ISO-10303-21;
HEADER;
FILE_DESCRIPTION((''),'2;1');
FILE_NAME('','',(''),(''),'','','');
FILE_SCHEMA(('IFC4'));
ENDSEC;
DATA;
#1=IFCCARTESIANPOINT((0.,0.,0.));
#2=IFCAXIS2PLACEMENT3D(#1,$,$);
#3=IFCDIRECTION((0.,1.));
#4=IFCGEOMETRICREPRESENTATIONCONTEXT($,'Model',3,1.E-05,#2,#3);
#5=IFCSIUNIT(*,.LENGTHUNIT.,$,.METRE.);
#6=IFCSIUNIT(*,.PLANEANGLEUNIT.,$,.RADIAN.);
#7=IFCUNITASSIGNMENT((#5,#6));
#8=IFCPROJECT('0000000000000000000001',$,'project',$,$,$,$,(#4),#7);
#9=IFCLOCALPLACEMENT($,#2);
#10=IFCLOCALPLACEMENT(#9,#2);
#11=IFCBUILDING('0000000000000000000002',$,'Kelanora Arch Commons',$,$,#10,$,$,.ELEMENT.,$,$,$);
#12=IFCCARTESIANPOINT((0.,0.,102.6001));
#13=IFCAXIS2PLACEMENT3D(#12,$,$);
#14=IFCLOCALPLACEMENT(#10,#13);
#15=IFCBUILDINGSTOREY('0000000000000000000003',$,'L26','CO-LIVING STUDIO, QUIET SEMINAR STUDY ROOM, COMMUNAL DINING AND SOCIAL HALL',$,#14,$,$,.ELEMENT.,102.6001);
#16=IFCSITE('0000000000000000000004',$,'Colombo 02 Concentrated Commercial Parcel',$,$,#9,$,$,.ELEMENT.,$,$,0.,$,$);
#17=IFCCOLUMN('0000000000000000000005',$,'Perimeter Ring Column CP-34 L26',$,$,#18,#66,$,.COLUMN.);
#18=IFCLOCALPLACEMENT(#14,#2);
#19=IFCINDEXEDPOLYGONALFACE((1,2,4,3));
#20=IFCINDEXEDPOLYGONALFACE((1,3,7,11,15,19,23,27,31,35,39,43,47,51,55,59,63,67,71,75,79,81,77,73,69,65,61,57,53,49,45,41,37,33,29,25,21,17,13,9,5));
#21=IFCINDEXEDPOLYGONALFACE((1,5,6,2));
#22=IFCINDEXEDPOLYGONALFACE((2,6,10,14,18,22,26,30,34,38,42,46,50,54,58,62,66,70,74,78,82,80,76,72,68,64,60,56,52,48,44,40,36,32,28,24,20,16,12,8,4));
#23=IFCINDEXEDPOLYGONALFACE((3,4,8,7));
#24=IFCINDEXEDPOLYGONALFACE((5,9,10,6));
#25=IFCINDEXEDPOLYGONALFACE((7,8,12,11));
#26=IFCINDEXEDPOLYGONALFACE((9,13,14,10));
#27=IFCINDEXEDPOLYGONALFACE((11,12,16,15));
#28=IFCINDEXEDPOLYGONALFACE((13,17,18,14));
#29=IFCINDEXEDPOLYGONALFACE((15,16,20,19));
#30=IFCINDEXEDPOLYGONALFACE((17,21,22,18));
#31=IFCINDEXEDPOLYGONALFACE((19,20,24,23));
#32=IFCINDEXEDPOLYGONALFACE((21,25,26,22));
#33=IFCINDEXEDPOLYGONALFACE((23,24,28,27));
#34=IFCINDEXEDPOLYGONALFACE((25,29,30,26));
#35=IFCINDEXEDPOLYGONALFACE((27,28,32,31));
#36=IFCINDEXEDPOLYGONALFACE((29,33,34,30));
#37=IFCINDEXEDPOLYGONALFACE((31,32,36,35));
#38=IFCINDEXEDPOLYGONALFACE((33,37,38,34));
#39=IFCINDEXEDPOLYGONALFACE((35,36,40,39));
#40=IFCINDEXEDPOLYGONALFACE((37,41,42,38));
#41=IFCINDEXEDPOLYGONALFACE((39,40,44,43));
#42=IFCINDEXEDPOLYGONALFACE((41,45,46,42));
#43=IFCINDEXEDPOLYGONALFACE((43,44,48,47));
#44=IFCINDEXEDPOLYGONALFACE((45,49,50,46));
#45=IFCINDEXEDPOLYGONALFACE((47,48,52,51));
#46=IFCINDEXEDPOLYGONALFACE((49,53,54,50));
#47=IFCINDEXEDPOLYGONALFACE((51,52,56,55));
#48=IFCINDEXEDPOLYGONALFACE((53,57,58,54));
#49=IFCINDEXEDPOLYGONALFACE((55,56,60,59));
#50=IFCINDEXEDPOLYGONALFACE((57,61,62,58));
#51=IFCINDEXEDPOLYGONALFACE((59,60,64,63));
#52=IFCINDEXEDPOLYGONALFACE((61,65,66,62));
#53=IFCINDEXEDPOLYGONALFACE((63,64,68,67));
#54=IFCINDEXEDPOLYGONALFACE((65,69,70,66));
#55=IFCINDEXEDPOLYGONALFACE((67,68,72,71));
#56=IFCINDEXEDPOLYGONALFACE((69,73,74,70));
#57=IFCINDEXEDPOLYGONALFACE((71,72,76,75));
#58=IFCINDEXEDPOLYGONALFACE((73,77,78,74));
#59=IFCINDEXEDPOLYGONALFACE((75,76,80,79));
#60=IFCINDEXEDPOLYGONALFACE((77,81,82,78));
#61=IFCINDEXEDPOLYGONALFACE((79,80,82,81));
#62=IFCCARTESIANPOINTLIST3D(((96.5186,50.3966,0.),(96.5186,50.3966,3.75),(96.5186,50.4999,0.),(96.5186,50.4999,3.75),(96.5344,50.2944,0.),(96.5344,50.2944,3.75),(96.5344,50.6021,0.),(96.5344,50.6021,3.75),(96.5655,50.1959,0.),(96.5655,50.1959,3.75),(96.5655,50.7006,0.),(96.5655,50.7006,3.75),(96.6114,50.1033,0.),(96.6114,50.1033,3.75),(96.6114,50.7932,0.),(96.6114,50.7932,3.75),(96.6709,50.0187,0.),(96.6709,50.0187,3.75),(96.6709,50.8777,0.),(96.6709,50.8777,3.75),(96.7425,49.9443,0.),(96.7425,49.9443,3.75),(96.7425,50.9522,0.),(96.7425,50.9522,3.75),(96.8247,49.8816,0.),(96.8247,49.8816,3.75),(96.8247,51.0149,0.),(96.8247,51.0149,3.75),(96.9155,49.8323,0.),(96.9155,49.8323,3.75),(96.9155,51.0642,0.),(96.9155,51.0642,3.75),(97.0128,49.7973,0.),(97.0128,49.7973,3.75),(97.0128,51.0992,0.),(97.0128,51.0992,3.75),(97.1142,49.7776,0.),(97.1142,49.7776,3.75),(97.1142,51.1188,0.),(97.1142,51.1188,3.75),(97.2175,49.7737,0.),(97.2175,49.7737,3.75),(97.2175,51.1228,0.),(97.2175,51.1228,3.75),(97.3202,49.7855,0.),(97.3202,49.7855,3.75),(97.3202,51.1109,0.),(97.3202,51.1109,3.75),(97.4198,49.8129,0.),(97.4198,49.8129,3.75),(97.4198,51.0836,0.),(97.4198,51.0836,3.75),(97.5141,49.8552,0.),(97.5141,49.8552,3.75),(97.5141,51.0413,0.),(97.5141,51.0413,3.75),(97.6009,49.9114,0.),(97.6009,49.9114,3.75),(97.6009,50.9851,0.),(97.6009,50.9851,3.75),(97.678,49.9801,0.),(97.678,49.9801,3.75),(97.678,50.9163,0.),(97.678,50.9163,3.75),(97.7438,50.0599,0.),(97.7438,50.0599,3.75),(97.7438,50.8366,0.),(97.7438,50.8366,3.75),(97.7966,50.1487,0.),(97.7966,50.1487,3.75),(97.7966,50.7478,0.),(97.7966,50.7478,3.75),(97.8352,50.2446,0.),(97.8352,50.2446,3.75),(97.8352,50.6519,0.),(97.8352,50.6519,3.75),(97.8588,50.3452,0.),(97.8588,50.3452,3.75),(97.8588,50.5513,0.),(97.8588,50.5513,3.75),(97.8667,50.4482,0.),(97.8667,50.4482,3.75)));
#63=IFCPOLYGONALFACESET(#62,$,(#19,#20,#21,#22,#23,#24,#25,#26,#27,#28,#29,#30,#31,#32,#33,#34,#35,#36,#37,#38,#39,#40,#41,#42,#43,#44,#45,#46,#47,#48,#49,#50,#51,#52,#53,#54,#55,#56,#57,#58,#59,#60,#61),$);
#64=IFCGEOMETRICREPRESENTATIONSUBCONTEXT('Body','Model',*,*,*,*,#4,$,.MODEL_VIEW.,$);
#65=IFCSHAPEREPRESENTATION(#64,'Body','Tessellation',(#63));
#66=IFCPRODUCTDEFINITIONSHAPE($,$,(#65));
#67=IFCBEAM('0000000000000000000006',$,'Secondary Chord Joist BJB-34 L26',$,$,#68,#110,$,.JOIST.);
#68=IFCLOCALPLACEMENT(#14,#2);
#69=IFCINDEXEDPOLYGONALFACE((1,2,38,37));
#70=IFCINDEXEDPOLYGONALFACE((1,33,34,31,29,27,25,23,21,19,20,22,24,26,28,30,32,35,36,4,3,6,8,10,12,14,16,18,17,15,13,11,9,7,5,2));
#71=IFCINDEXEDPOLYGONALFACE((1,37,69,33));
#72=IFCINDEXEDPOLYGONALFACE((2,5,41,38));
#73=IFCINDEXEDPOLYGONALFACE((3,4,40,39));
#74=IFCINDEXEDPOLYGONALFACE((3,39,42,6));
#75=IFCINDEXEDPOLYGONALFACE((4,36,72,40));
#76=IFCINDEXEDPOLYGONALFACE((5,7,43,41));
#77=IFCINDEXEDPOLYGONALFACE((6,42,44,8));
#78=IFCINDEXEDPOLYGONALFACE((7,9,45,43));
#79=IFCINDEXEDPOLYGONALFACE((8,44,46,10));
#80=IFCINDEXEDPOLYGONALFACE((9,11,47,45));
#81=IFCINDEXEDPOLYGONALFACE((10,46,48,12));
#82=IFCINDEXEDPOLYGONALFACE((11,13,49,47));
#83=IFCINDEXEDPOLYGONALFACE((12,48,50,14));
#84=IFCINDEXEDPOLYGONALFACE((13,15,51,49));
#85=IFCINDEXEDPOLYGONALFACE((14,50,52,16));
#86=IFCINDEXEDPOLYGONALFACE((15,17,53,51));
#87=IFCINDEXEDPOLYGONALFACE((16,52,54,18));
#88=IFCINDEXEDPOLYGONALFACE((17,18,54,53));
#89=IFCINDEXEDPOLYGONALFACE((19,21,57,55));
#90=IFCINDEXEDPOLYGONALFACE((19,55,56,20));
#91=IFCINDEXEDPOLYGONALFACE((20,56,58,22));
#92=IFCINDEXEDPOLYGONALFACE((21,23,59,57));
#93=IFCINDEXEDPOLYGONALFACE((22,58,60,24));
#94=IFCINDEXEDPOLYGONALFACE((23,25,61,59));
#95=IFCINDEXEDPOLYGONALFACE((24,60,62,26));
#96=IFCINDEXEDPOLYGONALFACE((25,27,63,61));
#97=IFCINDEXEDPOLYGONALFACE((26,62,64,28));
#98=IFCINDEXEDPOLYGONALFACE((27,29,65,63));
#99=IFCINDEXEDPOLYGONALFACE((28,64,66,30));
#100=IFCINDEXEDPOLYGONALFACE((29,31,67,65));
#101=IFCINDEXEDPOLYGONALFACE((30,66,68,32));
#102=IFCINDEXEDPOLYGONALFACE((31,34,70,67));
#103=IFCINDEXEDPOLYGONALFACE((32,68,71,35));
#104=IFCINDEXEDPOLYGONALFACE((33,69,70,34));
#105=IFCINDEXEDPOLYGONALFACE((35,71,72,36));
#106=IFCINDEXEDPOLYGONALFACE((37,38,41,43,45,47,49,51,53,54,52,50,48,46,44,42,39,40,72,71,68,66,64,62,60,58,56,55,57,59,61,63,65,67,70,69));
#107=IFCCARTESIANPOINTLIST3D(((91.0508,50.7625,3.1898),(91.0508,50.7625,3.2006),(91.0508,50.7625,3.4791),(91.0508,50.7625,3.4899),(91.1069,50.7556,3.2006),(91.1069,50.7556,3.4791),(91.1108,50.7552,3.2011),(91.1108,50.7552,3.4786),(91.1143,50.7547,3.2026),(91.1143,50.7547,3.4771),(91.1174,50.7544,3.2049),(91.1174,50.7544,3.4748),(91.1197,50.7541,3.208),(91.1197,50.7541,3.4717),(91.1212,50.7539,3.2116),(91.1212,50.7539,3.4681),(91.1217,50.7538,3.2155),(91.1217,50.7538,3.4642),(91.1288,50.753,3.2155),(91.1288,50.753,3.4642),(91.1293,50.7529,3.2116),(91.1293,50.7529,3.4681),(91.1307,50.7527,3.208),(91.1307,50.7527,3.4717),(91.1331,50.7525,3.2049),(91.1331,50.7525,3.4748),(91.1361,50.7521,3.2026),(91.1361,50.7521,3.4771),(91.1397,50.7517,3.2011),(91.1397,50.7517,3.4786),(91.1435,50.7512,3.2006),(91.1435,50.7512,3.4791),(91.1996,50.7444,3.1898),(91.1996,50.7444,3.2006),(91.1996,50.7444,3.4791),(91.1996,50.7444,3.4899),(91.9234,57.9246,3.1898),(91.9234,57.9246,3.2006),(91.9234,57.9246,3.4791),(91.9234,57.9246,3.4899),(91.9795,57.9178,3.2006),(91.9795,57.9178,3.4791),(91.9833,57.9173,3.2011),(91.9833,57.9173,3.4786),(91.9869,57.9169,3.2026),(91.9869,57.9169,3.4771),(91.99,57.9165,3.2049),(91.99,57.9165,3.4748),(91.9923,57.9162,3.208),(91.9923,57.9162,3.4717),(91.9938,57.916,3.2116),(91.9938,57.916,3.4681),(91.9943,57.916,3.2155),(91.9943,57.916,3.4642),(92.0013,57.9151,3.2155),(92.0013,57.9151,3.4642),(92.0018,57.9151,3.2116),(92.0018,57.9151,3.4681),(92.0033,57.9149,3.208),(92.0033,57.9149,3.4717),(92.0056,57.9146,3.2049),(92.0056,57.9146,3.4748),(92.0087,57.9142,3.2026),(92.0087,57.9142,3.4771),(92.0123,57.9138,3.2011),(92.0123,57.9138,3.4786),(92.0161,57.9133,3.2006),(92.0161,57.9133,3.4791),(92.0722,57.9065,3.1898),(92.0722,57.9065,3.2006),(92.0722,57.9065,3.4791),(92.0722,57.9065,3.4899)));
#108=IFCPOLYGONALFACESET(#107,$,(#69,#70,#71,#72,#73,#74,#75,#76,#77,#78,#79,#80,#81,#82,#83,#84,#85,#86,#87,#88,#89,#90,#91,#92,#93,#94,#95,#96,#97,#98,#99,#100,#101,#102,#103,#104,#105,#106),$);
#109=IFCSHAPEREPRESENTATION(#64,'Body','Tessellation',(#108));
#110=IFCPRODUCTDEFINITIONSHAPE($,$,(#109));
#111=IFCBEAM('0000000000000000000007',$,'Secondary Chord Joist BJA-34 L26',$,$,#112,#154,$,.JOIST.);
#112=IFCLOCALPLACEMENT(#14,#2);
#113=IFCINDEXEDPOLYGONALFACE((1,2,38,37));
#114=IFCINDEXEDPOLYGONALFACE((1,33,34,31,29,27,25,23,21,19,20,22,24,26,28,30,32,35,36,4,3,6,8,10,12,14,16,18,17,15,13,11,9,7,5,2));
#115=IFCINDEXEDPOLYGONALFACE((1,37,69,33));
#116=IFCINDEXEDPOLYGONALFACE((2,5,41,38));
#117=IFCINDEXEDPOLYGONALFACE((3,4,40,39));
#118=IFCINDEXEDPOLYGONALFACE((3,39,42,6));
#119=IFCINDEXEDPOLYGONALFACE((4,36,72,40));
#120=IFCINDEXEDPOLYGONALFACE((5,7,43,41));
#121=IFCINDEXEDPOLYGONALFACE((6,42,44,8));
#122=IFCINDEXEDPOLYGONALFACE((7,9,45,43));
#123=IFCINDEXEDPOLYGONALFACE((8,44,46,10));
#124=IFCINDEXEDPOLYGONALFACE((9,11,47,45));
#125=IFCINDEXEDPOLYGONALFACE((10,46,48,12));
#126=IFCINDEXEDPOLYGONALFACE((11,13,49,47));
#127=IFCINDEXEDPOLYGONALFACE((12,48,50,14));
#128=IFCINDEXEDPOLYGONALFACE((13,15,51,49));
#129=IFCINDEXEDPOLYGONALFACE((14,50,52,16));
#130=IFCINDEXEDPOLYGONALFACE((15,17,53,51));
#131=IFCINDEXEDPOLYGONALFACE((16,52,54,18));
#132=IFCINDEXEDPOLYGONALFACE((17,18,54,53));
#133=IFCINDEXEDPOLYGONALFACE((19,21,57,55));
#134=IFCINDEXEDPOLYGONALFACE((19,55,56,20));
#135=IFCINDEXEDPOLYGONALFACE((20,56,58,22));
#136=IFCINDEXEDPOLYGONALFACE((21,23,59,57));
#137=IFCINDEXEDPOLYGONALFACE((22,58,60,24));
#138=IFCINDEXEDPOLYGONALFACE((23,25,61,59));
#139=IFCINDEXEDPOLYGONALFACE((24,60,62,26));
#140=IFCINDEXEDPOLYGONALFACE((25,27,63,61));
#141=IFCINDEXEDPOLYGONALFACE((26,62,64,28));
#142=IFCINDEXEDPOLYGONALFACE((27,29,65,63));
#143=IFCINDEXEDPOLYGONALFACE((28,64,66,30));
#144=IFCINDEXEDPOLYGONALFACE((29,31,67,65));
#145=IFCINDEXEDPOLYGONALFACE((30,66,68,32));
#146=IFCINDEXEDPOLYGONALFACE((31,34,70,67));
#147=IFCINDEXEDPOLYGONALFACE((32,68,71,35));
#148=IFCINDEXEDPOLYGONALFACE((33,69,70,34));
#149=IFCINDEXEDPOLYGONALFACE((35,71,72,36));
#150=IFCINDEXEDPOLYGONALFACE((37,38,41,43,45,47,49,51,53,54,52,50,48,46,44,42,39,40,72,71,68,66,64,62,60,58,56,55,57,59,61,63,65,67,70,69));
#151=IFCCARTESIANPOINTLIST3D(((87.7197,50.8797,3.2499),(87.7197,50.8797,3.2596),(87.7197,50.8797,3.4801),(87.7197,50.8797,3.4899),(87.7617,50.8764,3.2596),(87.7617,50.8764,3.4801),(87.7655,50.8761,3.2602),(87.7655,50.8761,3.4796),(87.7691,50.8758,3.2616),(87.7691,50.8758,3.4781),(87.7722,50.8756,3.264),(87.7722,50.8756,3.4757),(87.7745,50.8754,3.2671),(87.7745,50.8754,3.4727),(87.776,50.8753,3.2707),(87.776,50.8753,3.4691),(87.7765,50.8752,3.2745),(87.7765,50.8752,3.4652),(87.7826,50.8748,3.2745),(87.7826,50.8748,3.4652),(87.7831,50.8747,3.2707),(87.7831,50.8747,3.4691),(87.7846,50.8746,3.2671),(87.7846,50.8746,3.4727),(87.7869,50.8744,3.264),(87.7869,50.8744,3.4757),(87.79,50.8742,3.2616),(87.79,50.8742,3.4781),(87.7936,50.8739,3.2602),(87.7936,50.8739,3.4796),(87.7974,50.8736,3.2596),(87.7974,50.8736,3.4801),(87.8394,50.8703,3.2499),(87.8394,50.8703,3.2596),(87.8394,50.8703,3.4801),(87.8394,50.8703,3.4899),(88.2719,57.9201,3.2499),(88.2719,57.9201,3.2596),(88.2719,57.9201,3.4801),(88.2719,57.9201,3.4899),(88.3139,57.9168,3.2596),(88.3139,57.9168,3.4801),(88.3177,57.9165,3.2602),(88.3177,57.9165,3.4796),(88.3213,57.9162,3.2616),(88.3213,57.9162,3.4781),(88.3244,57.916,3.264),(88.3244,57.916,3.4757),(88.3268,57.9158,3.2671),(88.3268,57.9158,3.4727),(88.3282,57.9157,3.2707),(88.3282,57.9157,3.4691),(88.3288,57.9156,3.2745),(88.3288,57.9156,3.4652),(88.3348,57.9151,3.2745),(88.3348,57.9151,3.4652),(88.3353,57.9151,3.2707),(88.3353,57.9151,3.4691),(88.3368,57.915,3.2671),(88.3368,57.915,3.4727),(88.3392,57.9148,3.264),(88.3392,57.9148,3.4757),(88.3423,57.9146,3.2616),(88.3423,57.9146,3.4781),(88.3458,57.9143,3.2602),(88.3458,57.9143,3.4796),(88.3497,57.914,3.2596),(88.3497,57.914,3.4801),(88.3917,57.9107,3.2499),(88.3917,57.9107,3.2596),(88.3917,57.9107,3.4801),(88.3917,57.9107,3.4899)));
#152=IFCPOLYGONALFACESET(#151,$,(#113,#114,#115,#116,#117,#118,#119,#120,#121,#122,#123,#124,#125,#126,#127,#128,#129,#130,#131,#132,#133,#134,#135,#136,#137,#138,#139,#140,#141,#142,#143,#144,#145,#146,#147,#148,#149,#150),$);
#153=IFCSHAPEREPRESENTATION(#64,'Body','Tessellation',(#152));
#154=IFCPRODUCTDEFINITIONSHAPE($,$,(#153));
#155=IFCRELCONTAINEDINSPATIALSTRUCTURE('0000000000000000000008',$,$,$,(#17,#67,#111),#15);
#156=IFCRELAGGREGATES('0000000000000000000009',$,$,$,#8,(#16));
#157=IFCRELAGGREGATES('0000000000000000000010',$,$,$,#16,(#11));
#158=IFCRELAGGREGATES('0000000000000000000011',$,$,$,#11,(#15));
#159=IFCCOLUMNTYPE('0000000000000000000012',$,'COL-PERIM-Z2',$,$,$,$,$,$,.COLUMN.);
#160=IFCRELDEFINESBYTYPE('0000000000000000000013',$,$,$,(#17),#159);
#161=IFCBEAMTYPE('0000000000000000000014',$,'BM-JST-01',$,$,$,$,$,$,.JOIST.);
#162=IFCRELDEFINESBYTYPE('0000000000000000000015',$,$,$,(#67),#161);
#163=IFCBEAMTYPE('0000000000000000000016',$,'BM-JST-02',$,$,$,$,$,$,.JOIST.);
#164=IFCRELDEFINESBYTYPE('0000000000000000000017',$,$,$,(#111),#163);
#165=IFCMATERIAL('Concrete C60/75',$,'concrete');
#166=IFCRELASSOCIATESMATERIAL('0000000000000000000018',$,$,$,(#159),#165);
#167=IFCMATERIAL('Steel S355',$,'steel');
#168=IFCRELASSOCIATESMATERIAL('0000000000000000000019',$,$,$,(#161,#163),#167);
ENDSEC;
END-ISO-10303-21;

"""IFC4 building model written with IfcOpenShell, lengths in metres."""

from ifc_helpers import new_model, si_unit, direction, frame, origin, origin_2d, place, context, subcontext, project, spatial, circle, i_section, extrude, material, material_profile, profile_set, type_object, element, save


model = new_model("IFC4")

# Units and contexts
model_context = context("Model", 3, precision=1e-05, world=origin(), true_north=direction((0.0, 1.0)))
body_context = subcontext(model_context, "Body", "Model", "MODEL_VIEW")
ifc_project = project(units=[si_unit("LENGTHUNIT", "METRE"), si_unit("PLANEANGLEUNIT", "RADIAN")], contexts=[model_context])

# Site, building, storey
site_placement = place(None, origin())
site = spatial("IfcSite", under=ifc_project, at=site_placement, Name="Colombo 02 Concentrated Commercial Parcel", CompositionType="ELEMENT", RefElevation=0.0)
building_placement = place(site_placement, origin())
building = spatial("IfcBuilding", under=site, at=building_placement, Name="Kelanora Arch Commons", CompositionType="ELEMENT")
storey_placement = place(building_placement, frame((0.0, 0.0, 102.6001)))
storey = spatial("IfcBuildingStorey", under=building, at=storey_placement, Name="L26", Description="CO-LIVING STUDIO, QUIET SEMINAR STUDY ROOM, COMMUNAL DINING AND SOCIAL HALL", CompositionType="ELEMENT", Elevation=102.6001)

# Column
ifc_material_1 = material(Name="Concrete C60/75", Category="concrete")
ifc_material_profile_1 = material_profile(ifc_material_1, circle(Radius=0.675, at=origin_2d()), Name="RCC1350")
ifc_profile_set_1 = profile_set([ifc_material_profile_1], Name="Concrete C60/75")
column_type = type_object("IfcColumnType", Name="COL-PERIM-Z2", PredefinedType="COLUMN", material=ifc_profile_set_1)
column_placement = place(storey_placement, frame((97.1917, 50.4482, 0.0), z_axis=(0.0, 0.0, 1.0), x_axis=(1.0, 0.0, 0.0)))
element("IfcColumn", 1, at=column_placement, inside=storey, type_object=column_type, Name="Perimeter Ring Column CP-34 L26", PredefinedType="COLUMN", context=body_context, shape_type="SweptSolid", body=[
    extrude(circle(Radius=0.675, at=origin_2d()), origin(), (0.0, 0.0, 1.0), 3.75),
])

# Beams
ifc_material_2 = material(Name="Steel S355", Category="steel")
ifc_material_profile_2 = material_profile(ifc_material_2, i_section(OverallWidth=0.1499, OverallDepth=0.3, WebThickness=0.0071, FlangeThickness=0.0107, FilletRadius=0.0149, at=origin_2d()), Name="IPE300")
ifc_profile_set_2 = profile_set([ifc_material_profile_2], Name="Steel S355")
beam_type_1 = type_object("IfcBeamType", Name="BM-JST-01", PredefinedType="JOIST", material=ifc_profile_set_2)
beam_1_placement = place(storey_placement, frame((91.1252, 50.7534, 3.3398), z_axis=(0.120936, 0.99266, 0.0), x_axis=(-0.99266, 0.120936, 0.0)))
element("IfcBeam", 2, at=beam_1_placement, inside=storey, type_object=beam_type_1, Name="Secondary Chord Joist BJB-34 L26", PredefinedType="JOIST", context=body_context, shape_type="SweptSolid", body=[
    extrude(i_section(OverallWidth=0.1499, OverallDepth=0.3, WebThickness=0.0071, FlangeThickness=0.0107, FilletRadius=0.0149, at=origin_2d()), origin(), (0.0, 0.0, 1.0), 7.2151),
])
ifc_material_profile_3 = material_profile(ifc_material_2, i_section(OverallWidth=0.1201, OverallDepth=0.24, WebThickness=0.0061, FlangeThickness=0.0098, FilletRadius=0.0149, at=origin_2d()), Name="IPE240")
ifc_profile_set_3 = profile_set([ifc_material_profile_3], Name="Steel S355")
beam_type_2 = type_object("IfcBeamType", Name="BM-JST-02", PredefinedType="JOIST", material=ifc_profile_set_3)
beam_2_placement = place(storey_placement, frame((87.7795, 50.875, 3.3699), z_axis=(0.078201, 0.996938, 0.0), x_axis=(-0.996938, 0.078201, 0.0)))
element("IfcBeam", 3, at=beam_2_placement, inside=storey, type_object=beam_type_2, Name="Secondary Chord Joist BJA-34 L26", PredefinedType="JOIST", context=body_context, shape_type="SweptSolid", body=[
    extrude(i_section(OverallWidth=0.1201, OverallDepth=0.24, WebThickness=0.0061, FlangeThickness=0.0098, FilletRadius=0.0149, at=origin_2d()), origin(), (0.0, 0.0, 1.0), 7.062),
])

save(model, "model.ifc")
